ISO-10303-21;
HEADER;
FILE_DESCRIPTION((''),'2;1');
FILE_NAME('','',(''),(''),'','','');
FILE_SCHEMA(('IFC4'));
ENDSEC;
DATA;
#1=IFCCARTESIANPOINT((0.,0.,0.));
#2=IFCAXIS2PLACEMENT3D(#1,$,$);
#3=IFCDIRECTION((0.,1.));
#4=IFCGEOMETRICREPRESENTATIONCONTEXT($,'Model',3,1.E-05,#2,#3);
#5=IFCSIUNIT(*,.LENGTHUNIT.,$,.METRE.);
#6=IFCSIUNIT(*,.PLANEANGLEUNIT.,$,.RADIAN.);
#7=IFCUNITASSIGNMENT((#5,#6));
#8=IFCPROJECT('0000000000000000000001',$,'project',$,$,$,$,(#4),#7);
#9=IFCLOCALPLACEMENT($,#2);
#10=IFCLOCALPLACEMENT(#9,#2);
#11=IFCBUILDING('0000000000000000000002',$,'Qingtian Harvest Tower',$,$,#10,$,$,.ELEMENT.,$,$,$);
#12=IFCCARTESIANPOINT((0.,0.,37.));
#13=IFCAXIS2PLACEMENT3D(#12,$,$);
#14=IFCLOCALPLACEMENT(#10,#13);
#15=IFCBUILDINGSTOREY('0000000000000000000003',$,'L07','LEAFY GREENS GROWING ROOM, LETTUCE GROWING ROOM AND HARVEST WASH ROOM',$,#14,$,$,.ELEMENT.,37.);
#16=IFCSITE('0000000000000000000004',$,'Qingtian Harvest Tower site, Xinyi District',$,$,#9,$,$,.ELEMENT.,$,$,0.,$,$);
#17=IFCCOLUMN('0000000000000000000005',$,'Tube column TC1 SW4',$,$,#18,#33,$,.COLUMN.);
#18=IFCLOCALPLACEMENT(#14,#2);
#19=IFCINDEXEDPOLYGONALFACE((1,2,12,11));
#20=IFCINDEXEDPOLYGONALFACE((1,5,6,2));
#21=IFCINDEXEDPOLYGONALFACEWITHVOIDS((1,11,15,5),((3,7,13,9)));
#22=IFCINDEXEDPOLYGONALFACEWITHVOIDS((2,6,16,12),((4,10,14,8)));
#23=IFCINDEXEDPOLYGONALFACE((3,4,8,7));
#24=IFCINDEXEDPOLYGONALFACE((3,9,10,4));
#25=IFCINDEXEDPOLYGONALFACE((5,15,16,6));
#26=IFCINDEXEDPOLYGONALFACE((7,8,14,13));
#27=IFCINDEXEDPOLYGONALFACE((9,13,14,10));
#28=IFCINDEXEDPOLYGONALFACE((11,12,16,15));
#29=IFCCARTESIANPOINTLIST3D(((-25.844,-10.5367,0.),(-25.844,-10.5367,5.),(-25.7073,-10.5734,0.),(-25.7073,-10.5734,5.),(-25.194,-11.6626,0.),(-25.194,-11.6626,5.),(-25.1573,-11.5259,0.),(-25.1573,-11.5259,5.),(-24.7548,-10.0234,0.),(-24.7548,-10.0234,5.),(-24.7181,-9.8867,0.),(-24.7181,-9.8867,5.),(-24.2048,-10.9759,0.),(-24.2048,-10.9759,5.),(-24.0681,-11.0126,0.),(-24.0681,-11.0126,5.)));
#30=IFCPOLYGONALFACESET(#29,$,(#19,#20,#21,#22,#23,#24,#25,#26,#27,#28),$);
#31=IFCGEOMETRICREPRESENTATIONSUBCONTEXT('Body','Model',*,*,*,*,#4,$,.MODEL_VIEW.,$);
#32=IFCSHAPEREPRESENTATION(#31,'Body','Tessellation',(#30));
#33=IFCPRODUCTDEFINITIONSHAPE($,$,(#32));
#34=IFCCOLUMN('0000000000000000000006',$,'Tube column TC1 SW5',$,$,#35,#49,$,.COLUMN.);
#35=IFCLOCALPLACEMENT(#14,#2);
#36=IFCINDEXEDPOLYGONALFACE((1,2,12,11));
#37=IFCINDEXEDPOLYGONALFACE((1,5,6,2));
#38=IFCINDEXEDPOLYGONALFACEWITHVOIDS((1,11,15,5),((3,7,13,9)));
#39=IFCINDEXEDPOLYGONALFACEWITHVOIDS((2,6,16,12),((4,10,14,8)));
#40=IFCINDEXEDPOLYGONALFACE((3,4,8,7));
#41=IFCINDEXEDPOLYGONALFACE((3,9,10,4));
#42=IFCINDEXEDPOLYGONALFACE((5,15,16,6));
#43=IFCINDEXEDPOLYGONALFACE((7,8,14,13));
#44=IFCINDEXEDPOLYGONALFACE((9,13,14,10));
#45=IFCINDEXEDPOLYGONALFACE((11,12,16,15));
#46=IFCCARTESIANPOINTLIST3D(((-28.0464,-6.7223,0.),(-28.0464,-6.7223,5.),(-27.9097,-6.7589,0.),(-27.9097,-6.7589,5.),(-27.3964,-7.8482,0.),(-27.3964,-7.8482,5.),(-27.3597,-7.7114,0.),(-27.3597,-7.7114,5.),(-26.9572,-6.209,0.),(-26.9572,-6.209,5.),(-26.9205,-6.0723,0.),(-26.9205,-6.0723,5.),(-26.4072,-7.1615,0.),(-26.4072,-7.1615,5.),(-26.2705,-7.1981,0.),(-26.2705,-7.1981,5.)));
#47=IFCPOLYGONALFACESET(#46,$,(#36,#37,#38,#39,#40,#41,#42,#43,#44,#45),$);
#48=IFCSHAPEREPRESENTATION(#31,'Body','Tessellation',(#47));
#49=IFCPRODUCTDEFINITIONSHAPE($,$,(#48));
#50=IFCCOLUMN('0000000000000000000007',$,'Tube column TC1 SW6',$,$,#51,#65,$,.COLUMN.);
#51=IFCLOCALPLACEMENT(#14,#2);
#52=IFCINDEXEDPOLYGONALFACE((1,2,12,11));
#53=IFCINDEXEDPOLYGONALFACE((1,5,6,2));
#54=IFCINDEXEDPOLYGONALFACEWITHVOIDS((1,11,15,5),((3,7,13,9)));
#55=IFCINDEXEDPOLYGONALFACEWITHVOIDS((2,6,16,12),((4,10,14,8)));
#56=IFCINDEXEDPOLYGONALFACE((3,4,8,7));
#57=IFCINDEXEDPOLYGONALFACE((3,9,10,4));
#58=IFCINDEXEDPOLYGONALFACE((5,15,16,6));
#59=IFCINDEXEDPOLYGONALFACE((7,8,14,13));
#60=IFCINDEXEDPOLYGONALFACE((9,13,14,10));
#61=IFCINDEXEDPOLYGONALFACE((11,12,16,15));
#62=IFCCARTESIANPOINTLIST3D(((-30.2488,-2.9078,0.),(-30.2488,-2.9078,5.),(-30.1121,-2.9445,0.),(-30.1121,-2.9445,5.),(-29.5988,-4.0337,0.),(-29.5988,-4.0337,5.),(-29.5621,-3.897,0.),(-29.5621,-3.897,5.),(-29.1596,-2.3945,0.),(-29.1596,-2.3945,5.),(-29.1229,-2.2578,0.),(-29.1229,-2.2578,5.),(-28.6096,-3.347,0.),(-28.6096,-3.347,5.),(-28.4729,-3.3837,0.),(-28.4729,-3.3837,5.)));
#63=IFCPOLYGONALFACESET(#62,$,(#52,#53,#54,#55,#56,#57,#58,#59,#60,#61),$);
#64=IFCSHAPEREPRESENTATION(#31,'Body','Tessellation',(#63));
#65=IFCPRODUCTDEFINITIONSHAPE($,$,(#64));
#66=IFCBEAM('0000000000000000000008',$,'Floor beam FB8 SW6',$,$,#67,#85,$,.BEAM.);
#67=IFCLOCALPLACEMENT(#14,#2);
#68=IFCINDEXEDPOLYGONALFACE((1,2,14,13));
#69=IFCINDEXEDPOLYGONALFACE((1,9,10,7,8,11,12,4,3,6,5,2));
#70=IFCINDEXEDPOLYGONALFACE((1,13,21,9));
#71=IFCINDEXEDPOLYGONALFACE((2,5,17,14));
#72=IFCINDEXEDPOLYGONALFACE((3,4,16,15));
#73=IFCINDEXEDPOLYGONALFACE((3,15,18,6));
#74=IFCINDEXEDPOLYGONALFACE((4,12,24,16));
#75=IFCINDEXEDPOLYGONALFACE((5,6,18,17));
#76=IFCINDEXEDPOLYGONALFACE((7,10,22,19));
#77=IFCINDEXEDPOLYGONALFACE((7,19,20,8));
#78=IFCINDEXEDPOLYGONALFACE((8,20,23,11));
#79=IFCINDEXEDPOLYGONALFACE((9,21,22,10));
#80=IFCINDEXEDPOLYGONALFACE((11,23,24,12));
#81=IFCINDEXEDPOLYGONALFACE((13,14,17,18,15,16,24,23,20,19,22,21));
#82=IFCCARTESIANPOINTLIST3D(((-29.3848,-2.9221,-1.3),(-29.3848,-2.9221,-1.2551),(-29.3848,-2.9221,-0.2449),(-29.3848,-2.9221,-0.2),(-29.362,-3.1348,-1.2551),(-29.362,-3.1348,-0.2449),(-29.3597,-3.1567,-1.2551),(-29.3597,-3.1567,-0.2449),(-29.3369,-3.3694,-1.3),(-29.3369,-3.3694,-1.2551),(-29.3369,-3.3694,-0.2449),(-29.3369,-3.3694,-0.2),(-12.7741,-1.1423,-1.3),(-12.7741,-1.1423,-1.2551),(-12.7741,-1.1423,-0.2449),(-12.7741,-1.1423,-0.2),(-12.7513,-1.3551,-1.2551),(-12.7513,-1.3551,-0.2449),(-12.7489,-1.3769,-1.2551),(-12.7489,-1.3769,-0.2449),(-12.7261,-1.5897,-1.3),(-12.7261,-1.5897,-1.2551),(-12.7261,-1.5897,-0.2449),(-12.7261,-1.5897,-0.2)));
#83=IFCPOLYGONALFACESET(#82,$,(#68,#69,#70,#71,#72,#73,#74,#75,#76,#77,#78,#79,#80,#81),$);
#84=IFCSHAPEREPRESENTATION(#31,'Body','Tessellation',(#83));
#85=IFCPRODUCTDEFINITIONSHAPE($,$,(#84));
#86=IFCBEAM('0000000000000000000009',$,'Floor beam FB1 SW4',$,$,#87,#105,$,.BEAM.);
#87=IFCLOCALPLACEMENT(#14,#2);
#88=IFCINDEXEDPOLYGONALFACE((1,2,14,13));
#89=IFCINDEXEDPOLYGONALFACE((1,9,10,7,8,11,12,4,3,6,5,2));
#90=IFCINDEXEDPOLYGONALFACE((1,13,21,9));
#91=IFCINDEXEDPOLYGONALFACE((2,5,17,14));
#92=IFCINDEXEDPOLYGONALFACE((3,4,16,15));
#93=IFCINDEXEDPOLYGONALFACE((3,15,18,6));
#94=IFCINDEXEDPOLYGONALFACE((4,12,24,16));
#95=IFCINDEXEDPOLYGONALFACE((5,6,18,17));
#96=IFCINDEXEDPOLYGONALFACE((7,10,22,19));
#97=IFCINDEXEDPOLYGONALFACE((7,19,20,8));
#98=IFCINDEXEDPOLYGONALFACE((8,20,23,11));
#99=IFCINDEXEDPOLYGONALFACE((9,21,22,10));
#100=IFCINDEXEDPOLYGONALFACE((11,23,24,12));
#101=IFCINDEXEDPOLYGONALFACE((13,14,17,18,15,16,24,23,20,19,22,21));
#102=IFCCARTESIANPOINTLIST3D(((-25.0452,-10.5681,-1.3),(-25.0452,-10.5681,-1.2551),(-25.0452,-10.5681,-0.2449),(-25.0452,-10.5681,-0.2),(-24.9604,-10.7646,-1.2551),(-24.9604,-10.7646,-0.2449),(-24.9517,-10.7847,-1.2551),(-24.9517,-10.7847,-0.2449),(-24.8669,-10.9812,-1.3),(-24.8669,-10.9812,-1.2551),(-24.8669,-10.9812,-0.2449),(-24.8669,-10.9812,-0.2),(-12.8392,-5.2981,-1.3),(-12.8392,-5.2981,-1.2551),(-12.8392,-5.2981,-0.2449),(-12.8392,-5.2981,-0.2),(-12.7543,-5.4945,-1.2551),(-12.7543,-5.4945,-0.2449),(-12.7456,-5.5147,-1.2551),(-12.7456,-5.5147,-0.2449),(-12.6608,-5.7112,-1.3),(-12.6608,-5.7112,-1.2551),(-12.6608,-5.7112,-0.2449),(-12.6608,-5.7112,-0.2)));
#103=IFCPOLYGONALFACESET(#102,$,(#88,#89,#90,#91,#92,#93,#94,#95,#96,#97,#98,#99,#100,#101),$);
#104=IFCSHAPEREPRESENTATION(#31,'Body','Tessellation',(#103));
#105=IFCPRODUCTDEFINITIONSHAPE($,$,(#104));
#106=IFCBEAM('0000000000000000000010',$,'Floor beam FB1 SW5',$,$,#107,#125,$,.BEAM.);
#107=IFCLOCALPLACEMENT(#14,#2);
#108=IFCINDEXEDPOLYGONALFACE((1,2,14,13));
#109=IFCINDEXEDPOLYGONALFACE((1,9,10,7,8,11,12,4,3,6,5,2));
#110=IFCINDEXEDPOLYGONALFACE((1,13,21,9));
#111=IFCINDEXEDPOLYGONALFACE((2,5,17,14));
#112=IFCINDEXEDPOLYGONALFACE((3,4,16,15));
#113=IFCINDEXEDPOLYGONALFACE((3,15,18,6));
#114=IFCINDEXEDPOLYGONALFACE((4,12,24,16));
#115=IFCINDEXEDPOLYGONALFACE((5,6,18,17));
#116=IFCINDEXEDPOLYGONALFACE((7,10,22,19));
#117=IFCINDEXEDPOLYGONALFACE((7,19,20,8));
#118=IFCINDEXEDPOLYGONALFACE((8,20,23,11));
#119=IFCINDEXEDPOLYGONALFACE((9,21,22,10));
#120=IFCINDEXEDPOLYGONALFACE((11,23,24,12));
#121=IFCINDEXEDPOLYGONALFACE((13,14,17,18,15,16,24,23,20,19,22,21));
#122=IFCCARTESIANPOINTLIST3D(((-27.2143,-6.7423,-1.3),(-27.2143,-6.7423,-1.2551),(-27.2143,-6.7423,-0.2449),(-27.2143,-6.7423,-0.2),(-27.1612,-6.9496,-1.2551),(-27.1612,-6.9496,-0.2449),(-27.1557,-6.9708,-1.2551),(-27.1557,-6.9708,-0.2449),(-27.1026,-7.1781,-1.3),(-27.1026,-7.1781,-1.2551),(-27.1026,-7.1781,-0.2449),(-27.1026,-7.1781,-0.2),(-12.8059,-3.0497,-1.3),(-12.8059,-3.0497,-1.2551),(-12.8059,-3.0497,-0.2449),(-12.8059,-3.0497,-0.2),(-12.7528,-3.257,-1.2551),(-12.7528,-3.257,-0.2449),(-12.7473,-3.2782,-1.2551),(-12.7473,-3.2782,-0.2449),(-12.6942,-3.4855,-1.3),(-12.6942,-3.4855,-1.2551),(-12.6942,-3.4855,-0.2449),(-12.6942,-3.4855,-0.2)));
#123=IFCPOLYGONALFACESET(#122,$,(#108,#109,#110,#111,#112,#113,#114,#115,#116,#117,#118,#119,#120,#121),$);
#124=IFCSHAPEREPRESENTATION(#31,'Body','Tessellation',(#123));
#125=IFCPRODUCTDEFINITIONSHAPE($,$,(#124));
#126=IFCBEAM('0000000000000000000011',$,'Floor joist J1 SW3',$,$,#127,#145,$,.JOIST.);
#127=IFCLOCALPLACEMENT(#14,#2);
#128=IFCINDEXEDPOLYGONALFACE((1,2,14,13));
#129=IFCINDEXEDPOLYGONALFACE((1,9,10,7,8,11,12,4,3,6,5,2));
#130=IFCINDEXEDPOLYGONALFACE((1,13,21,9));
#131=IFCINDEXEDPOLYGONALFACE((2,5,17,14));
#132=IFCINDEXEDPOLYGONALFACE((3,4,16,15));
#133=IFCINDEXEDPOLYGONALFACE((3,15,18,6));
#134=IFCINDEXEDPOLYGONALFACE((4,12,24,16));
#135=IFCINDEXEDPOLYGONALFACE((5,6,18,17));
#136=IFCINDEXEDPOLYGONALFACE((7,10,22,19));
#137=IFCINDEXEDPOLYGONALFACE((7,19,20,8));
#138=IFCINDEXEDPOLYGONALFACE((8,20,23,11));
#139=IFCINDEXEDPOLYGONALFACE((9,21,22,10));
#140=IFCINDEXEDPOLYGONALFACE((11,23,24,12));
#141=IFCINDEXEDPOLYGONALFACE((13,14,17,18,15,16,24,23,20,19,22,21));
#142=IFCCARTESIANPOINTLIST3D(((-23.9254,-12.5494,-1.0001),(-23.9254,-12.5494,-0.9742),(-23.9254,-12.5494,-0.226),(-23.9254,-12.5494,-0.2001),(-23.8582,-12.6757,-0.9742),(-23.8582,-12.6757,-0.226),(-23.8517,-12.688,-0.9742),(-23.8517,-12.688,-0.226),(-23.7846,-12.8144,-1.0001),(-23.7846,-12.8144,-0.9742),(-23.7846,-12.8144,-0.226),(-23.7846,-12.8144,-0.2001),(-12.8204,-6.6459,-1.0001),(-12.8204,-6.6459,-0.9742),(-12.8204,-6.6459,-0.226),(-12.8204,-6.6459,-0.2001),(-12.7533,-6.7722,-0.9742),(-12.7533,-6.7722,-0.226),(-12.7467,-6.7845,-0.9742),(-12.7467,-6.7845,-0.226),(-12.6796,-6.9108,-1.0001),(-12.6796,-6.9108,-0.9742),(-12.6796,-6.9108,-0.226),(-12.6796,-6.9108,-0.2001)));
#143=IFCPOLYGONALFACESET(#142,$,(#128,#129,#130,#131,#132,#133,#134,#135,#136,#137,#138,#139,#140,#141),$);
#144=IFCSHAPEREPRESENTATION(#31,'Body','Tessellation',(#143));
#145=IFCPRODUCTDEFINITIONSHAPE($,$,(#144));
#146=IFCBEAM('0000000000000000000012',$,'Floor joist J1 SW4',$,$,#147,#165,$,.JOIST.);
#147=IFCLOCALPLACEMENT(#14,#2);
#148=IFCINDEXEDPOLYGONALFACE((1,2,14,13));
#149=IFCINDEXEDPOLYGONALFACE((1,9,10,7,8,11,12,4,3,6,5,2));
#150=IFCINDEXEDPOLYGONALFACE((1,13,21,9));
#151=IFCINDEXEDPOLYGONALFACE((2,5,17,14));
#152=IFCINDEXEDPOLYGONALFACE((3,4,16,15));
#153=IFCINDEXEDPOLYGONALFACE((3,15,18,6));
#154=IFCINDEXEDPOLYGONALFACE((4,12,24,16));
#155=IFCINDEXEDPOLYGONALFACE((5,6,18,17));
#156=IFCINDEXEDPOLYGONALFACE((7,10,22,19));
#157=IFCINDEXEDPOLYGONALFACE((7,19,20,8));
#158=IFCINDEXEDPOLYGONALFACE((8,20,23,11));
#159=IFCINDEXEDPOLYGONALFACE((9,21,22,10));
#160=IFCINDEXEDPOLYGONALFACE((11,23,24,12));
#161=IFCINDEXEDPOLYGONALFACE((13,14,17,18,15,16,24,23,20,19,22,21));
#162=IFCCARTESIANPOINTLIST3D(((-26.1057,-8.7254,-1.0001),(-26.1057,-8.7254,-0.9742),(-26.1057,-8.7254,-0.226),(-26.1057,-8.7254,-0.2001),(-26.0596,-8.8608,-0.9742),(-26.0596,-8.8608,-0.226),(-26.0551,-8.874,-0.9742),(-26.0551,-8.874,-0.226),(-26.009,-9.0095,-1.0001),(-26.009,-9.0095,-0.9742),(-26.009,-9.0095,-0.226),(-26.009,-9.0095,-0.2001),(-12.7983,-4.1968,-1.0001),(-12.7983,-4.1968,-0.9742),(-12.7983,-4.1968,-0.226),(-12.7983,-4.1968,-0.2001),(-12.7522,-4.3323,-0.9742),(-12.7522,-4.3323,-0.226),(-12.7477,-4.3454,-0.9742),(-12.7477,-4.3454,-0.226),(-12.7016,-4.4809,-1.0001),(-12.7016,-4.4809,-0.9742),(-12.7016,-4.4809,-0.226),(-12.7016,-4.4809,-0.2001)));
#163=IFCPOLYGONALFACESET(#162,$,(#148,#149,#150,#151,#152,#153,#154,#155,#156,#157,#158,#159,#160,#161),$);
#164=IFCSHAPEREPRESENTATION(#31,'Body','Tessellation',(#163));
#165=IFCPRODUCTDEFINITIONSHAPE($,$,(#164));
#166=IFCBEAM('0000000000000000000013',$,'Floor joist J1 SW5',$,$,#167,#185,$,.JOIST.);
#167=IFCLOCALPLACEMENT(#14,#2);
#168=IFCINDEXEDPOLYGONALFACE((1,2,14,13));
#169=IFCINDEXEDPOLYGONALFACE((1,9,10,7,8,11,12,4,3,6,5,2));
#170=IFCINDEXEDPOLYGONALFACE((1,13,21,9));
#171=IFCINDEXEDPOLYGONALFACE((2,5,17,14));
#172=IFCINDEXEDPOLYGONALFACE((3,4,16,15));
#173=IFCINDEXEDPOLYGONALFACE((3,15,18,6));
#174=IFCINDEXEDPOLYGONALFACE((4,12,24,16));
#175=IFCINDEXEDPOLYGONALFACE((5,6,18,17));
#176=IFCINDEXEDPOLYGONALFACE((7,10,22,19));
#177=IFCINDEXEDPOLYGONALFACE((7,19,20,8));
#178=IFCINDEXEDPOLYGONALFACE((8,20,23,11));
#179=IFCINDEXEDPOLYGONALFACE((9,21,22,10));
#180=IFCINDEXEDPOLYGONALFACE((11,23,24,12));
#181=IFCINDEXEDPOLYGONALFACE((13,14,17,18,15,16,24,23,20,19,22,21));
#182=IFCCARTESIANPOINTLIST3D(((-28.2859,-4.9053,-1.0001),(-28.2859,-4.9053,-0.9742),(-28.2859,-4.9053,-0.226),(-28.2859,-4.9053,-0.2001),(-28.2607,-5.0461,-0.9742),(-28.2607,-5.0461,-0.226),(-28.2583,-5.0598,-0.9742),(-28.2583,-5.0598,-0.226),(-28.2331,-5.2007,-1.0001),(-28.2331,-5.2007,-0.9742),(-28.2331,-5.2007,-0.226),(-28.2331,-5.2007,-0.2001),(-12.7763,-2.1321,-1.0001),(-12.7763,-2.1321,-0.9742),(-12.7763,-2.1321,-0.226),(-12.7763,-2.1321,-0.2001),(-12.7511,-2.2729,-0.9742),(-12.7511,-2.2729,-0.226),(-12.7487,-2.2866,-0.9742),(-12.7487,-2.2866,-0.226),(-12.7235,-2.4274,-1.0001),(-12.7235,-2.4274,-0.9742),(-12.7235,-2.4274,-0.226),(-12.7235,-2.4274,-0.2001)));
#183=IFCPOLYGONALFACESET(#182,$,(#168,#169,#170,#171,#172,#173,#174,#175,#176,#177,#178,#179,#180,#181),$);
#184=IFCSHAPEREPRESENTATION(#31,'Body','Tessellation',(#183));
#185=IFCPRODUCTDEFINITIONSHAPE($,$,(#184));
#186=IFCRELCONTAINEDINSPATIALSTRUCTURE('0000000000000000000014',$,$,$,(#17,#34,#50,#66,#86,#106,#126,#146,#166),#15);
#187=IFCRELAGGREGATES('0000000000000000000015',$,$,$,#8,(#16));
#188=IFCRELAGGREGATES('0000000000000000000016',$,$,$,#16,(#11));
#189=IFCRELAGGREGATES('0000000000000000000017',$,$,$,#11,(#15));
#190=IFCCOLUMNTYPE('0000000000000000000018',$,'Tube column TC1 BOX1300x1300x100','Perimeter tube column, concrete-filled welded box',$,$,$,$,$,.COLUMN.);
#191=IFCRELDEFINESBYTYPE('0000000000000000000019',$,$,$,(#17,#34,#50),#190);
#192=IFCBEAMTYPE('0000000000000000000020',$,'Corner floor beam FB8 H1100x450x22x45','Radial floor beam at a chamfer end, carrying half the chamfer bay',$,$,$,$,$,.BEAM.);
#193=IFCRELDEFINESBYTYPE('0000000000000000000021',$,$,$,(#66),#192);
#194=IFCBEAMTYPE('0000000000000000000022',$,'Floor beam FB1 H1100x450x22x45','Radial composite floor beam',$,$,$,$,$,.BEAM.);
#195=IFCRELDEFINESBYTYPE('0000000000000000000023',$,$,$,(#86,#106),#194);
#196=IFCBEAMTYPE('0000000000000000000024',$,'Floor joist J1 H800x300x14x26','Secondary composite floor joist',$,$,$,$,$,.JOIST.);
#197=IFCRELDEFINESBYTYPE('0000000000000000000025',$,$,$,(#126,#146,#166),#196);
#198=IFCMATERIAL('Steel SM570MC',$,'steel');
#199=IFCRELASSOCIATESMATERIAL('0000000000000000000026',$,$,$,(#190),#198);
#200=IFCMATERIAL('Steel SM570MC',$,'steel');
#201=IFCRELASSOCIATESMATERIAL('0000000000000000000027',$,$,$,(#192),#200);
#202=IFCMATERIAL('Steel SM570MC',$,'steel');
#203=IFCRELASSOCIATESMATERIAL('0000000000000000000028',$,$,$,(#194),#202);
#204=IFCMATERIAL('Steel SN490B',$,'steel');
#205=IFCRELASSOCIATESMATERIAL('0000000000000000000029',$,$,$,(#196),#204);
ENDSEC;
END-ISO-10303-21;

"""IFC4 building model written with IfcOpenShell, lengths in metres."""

from ifc_helpers import new_model, si_unit, direction, frame, origin, origin_2d, place, context, subcontext, project, spatial, hollow_rectangle, i_section, extrude, material, material_profile, profile_set, type_object, element, save


model = new_model("IFC4")

# Units and contexts
model_context = context("Model", 3, precision=1e-05, world=origin(), true_north=direction((0.0, 1.0)))
body_context = subcontext(model_context, "Body", "Model", "MODEL_VIEW")
ifc_project = project(units=[si_unit("LENGTHUNIT", "METRE"), si_unit("PLANEANGLEUNIT", "RADIAN")], contexts=[model_context])

# Site, building, storey
site_placement = place(None, origin())
site = spatial("IfcSite", under=ifc_project, at=site_placement, Name="Qingtian Harvest Tower site, Xinyi District", CompositionType="ELEMENT", RefElevation=0.0)
building_placement = place(site_placement, origin())
building = spatial("IfcBuilding", under=site, at=building_placement, Name="Qingtian Harvest Tower", CompositionType="ELEMENT")
storey_placement = place(building_placement, frame((0.0, 0.0, 37.0)))
storey = spatial("IfcBuildingStorey", under=building, at=storey_placement, Name="L07", Description="LEAFY GREENS GROWING ROOM, LETTUCE GROWING ROOM AND HARVEST WASH ROOM", CompositionType="ELEMENT", Elevation=37.0)

# Columns
ifc_material_1 = material(Name="Steel SM570MC", Category="steel")
ifc_material_profile_1 = material_profile(ifc_material_1, hollow_rectangle(XDim=1.3, YDim=1.3, WallThickness=0.1001, at=origin_2d()), Name="BOX1300x1300x100")
ifc_profile_set_1 = profile_set([ifc_material_profile_1], Name="Steel SM570MC")
column_type = type_object("IfcColumnType", Name="Tube column TC1 BOX1300x1300x100", Description="Perimeter tube column, concrete-filled welded box", PredefinedType="COLUMN", material=ifc_profile_set_1)
for number, where, z_axis, x_axis, name in (
    (1, (-24.9561, -10.7747, 0.0), (0.0, 0.0, 1.0), (0.5, -0.866025, 0.0), "Tube column TC1 SW4"),
    (2, (-27.1584, -6.9602, 0.0), (0.0, 0.0, 1.0), (0.5, -0.866025, 0.0), "Tube column TC1 SW5"),
    (3, (-29.3608, -3.1458, 0.0), (0.0, 0.0, 1.0), (0.5, -0.866025, 0.0), "Tube column TC1 SW6"),
):
    element("IfcColumn", number, at=place(storey_placement, frame(where, z_axis=z_axis, x_axis=x_axis)), inside=storey, type_object=column_type, Name=name, PredefinedType="COLUMN", context=body_context, shape_type="SweptSolid", body=[
        extrude(hollow_rectangle(XDim=1.3, YDim=1.3, WallThickness=0.1001, at=origin_2d()), origin(), (0.0, 0.0, 1.0), 5.0),
    ])

# Beams
ifc_material_2 = material(Name="Steel SM570MC", Category="steel")
ifc_material_profile_2 = material_profile(ifc_material_2, i_section(OverallWidth=0.45, OverallDepth=1.1001, WebThickness=0.022, FlangeThickness=0.0449, at=origin_2d()), Name="H1100x450x22x45")
ifc_profile_set_2 = profile_set([ifc_material_profile_2], Name="Steel SM570MC")
beam_type_1 = type_object("IfcBeamType", Name="Corner floor beam FB8 H1100x450x22x45", Description="Radial floor beam at a chamfer end, carrying half the chamfer bay", PredefinedType="BEAM", material=ifc_profile_set_2)
beam_1_placement = place(storey_placement, frame((-29.3608, -3.1458, -0.75), z_axis=(0.994309, 0.106536, 0.0), x_axis=(-0.106536, 0.994309, 0.0)))
element("IfcBeam", 4, at=beam_1_placement, inside=storey, type_object=beam_type_1, Name="Floor beam FB8 SW6", PredefinedType="BEAM", context=body_context, shape_type="SweptSolid", body=[
    extrude(i_section(OverallWidth=0.45, OverallDepth=1.1001, WebThickness=0.022, FlangeThickness=0.0449, at=origin_2d()), origin(), (0.0, 0.0, 1.0), 16.7058),
])
ifc_material_3 = material(Name="Steel SM570MC", Category="steel")
ifc_material_profile_3 = material_profile(ifc_material_3, i_section(OverallWidth=0.45, OverallDepth=1.1001, WebThickness=0.022, FlangeThickness=0.0449, at=origin_2d()), Name="H1100x450x22x45")
ifc_profile_set_3 = profile_set([ifc_material_profile_3], Name="Steel SM570MC")
beam_type_2 = type_object("IfcBeamType", Name="Floor beam FB1 H1100x450x22x45", Description="Radial composite floor beam", PredefinedType="BEAM", material=ifc_profile_set_3)
beam_2_placement = place(storey_placement, frame((-24.9561, -10.7747, -0.75), z_axis=(0.918084, 0.396387, 0.0), x_axis=(-0.396387, 0.918084, 0.0)))
element("IfcBeam", 5, at=beam_2_placement, inside=storey, type_object=beam_type_2, Name="Floor beam FB1 SW4", PredefinedType="BEAM", context=body_context, shape_type="SweptSolid", body=[
    extrude(i_section(OverallWidth=0.45, OverallDepth=1.1001, WebThickness=0.022, FlangeThickness=0.0449, at=origin_2d()), origin(), (0.0, 0.0, 1.0), 13.2952),
])
beam_3_placement = place(storey_placement, frame((-27.1584, -6.9602, -0.75), z_axis=(0.968694, 0.248259, 0.0), x_axis=(-0.248259, 0.968694, 0.0)))
element("IfcBeam", 6, at=beam_3_placement, inside=storey, type_object=beam_type_2, Name="Floor beam FB1 SW5", PredefinedType="BEAM", context=body_context, shape_type="SweptSolid", body=[
    extrude(i_section(OverallWidth=0.45, OverallDepth=1.1001, WebThickness=0.022, FlangeThickness=0.0449, at=origin_2d()), origin(), (0.0, 0.0, 1.0), 14.874),
])
ifc_material_4 = material(Name="Steel SN490B", Category="steel")
ifc_material_profile_4 = material_profile(ifc_material_4, i_section(OverallWidth=0.3, OverallDepth=0.8, WebThickness=0.0139, FlangeThickness=0.0259, at=origin_2d()), Name="H800x300x14x26")
ifc_profile_set_4 = profile_set([ifc_material_profile_4], Name="Steel SN490B")
beam_type_3 = type_object("IfcBeamType", Name="Floor joist J1 H800x300x14x26", Description="Secondary composite floor joist", PredefinedType="JOIST", material=ifc_profile_set_4)
beam_4_placement = place(storey_placement, frame((-23.855, -12.6819, -0.6001), z_axis=(0.882982, 0.469406, 0.0), x_axis=(-0.469406, 0.882982, 0.0)))
element("IfcBeam", 7, at=beam_4_placement, inside=storey, type_object=beam_type_3, Name="Floor joist J1 SW3", PredefinedType="JOIST", context=body_context, shape_type="SweptSolid", body=[
    extrude(i_section(OverallWidth=0.3, OverallDepth=0.8, WebThickness=0.0139, FlangeThickness=0.0259, at=origin_2d()), origin(), (0.0, 0.0, 1.0), 12.5767),
])
beam_5_placement = place(storey_placement, frame((-26.0574, -8.8674, -0.6001), z_axis=(0.946685, 0.322161, 0.0), x_axis=(-0.322161, 0.946685, 0.0)))
element("IfcBeam", 8, at=beam_5_placement, inside=storey, type_object=beam_type_3, Name="Floor joist J1 SW4", PredefinedType="JOIST", context=body_context, shape_type="SweptSolid", body=[
    extrude(i_section(OverallWidth=0.3, OverallDepth=0.8, WebThickness=0.0139, FlangeThickness=0.0259, at=origin_2d()), origin(), (0.0, 0.0, 1.0), 14.0569),
])
beam_6_placement = place(storey_placement, frame((-28.2595, -5.053, -0.6001), z_axis=(0.984388, 0.176014, 0.0), x_axis=(-0.176014, 0.984388, 0.0)))
element("IfcBeam", 9, at=beam_6_placement, inside=storey, type_object=beam_type_3, Name="Floor joist J1 SW5", PredefinedType="JOIST", context=body_context, shape_type="SweptSolid", body=[
    extrude(i_section(OverallWidth=0.3, OverallDepth=0.8, WebThickness=0.0139, FlangeThickness=0.0259, at=origin_2d()), origin(), (0.0, 0.0, 1.0), 15.7556),
])

save(model, "model.ifc")
